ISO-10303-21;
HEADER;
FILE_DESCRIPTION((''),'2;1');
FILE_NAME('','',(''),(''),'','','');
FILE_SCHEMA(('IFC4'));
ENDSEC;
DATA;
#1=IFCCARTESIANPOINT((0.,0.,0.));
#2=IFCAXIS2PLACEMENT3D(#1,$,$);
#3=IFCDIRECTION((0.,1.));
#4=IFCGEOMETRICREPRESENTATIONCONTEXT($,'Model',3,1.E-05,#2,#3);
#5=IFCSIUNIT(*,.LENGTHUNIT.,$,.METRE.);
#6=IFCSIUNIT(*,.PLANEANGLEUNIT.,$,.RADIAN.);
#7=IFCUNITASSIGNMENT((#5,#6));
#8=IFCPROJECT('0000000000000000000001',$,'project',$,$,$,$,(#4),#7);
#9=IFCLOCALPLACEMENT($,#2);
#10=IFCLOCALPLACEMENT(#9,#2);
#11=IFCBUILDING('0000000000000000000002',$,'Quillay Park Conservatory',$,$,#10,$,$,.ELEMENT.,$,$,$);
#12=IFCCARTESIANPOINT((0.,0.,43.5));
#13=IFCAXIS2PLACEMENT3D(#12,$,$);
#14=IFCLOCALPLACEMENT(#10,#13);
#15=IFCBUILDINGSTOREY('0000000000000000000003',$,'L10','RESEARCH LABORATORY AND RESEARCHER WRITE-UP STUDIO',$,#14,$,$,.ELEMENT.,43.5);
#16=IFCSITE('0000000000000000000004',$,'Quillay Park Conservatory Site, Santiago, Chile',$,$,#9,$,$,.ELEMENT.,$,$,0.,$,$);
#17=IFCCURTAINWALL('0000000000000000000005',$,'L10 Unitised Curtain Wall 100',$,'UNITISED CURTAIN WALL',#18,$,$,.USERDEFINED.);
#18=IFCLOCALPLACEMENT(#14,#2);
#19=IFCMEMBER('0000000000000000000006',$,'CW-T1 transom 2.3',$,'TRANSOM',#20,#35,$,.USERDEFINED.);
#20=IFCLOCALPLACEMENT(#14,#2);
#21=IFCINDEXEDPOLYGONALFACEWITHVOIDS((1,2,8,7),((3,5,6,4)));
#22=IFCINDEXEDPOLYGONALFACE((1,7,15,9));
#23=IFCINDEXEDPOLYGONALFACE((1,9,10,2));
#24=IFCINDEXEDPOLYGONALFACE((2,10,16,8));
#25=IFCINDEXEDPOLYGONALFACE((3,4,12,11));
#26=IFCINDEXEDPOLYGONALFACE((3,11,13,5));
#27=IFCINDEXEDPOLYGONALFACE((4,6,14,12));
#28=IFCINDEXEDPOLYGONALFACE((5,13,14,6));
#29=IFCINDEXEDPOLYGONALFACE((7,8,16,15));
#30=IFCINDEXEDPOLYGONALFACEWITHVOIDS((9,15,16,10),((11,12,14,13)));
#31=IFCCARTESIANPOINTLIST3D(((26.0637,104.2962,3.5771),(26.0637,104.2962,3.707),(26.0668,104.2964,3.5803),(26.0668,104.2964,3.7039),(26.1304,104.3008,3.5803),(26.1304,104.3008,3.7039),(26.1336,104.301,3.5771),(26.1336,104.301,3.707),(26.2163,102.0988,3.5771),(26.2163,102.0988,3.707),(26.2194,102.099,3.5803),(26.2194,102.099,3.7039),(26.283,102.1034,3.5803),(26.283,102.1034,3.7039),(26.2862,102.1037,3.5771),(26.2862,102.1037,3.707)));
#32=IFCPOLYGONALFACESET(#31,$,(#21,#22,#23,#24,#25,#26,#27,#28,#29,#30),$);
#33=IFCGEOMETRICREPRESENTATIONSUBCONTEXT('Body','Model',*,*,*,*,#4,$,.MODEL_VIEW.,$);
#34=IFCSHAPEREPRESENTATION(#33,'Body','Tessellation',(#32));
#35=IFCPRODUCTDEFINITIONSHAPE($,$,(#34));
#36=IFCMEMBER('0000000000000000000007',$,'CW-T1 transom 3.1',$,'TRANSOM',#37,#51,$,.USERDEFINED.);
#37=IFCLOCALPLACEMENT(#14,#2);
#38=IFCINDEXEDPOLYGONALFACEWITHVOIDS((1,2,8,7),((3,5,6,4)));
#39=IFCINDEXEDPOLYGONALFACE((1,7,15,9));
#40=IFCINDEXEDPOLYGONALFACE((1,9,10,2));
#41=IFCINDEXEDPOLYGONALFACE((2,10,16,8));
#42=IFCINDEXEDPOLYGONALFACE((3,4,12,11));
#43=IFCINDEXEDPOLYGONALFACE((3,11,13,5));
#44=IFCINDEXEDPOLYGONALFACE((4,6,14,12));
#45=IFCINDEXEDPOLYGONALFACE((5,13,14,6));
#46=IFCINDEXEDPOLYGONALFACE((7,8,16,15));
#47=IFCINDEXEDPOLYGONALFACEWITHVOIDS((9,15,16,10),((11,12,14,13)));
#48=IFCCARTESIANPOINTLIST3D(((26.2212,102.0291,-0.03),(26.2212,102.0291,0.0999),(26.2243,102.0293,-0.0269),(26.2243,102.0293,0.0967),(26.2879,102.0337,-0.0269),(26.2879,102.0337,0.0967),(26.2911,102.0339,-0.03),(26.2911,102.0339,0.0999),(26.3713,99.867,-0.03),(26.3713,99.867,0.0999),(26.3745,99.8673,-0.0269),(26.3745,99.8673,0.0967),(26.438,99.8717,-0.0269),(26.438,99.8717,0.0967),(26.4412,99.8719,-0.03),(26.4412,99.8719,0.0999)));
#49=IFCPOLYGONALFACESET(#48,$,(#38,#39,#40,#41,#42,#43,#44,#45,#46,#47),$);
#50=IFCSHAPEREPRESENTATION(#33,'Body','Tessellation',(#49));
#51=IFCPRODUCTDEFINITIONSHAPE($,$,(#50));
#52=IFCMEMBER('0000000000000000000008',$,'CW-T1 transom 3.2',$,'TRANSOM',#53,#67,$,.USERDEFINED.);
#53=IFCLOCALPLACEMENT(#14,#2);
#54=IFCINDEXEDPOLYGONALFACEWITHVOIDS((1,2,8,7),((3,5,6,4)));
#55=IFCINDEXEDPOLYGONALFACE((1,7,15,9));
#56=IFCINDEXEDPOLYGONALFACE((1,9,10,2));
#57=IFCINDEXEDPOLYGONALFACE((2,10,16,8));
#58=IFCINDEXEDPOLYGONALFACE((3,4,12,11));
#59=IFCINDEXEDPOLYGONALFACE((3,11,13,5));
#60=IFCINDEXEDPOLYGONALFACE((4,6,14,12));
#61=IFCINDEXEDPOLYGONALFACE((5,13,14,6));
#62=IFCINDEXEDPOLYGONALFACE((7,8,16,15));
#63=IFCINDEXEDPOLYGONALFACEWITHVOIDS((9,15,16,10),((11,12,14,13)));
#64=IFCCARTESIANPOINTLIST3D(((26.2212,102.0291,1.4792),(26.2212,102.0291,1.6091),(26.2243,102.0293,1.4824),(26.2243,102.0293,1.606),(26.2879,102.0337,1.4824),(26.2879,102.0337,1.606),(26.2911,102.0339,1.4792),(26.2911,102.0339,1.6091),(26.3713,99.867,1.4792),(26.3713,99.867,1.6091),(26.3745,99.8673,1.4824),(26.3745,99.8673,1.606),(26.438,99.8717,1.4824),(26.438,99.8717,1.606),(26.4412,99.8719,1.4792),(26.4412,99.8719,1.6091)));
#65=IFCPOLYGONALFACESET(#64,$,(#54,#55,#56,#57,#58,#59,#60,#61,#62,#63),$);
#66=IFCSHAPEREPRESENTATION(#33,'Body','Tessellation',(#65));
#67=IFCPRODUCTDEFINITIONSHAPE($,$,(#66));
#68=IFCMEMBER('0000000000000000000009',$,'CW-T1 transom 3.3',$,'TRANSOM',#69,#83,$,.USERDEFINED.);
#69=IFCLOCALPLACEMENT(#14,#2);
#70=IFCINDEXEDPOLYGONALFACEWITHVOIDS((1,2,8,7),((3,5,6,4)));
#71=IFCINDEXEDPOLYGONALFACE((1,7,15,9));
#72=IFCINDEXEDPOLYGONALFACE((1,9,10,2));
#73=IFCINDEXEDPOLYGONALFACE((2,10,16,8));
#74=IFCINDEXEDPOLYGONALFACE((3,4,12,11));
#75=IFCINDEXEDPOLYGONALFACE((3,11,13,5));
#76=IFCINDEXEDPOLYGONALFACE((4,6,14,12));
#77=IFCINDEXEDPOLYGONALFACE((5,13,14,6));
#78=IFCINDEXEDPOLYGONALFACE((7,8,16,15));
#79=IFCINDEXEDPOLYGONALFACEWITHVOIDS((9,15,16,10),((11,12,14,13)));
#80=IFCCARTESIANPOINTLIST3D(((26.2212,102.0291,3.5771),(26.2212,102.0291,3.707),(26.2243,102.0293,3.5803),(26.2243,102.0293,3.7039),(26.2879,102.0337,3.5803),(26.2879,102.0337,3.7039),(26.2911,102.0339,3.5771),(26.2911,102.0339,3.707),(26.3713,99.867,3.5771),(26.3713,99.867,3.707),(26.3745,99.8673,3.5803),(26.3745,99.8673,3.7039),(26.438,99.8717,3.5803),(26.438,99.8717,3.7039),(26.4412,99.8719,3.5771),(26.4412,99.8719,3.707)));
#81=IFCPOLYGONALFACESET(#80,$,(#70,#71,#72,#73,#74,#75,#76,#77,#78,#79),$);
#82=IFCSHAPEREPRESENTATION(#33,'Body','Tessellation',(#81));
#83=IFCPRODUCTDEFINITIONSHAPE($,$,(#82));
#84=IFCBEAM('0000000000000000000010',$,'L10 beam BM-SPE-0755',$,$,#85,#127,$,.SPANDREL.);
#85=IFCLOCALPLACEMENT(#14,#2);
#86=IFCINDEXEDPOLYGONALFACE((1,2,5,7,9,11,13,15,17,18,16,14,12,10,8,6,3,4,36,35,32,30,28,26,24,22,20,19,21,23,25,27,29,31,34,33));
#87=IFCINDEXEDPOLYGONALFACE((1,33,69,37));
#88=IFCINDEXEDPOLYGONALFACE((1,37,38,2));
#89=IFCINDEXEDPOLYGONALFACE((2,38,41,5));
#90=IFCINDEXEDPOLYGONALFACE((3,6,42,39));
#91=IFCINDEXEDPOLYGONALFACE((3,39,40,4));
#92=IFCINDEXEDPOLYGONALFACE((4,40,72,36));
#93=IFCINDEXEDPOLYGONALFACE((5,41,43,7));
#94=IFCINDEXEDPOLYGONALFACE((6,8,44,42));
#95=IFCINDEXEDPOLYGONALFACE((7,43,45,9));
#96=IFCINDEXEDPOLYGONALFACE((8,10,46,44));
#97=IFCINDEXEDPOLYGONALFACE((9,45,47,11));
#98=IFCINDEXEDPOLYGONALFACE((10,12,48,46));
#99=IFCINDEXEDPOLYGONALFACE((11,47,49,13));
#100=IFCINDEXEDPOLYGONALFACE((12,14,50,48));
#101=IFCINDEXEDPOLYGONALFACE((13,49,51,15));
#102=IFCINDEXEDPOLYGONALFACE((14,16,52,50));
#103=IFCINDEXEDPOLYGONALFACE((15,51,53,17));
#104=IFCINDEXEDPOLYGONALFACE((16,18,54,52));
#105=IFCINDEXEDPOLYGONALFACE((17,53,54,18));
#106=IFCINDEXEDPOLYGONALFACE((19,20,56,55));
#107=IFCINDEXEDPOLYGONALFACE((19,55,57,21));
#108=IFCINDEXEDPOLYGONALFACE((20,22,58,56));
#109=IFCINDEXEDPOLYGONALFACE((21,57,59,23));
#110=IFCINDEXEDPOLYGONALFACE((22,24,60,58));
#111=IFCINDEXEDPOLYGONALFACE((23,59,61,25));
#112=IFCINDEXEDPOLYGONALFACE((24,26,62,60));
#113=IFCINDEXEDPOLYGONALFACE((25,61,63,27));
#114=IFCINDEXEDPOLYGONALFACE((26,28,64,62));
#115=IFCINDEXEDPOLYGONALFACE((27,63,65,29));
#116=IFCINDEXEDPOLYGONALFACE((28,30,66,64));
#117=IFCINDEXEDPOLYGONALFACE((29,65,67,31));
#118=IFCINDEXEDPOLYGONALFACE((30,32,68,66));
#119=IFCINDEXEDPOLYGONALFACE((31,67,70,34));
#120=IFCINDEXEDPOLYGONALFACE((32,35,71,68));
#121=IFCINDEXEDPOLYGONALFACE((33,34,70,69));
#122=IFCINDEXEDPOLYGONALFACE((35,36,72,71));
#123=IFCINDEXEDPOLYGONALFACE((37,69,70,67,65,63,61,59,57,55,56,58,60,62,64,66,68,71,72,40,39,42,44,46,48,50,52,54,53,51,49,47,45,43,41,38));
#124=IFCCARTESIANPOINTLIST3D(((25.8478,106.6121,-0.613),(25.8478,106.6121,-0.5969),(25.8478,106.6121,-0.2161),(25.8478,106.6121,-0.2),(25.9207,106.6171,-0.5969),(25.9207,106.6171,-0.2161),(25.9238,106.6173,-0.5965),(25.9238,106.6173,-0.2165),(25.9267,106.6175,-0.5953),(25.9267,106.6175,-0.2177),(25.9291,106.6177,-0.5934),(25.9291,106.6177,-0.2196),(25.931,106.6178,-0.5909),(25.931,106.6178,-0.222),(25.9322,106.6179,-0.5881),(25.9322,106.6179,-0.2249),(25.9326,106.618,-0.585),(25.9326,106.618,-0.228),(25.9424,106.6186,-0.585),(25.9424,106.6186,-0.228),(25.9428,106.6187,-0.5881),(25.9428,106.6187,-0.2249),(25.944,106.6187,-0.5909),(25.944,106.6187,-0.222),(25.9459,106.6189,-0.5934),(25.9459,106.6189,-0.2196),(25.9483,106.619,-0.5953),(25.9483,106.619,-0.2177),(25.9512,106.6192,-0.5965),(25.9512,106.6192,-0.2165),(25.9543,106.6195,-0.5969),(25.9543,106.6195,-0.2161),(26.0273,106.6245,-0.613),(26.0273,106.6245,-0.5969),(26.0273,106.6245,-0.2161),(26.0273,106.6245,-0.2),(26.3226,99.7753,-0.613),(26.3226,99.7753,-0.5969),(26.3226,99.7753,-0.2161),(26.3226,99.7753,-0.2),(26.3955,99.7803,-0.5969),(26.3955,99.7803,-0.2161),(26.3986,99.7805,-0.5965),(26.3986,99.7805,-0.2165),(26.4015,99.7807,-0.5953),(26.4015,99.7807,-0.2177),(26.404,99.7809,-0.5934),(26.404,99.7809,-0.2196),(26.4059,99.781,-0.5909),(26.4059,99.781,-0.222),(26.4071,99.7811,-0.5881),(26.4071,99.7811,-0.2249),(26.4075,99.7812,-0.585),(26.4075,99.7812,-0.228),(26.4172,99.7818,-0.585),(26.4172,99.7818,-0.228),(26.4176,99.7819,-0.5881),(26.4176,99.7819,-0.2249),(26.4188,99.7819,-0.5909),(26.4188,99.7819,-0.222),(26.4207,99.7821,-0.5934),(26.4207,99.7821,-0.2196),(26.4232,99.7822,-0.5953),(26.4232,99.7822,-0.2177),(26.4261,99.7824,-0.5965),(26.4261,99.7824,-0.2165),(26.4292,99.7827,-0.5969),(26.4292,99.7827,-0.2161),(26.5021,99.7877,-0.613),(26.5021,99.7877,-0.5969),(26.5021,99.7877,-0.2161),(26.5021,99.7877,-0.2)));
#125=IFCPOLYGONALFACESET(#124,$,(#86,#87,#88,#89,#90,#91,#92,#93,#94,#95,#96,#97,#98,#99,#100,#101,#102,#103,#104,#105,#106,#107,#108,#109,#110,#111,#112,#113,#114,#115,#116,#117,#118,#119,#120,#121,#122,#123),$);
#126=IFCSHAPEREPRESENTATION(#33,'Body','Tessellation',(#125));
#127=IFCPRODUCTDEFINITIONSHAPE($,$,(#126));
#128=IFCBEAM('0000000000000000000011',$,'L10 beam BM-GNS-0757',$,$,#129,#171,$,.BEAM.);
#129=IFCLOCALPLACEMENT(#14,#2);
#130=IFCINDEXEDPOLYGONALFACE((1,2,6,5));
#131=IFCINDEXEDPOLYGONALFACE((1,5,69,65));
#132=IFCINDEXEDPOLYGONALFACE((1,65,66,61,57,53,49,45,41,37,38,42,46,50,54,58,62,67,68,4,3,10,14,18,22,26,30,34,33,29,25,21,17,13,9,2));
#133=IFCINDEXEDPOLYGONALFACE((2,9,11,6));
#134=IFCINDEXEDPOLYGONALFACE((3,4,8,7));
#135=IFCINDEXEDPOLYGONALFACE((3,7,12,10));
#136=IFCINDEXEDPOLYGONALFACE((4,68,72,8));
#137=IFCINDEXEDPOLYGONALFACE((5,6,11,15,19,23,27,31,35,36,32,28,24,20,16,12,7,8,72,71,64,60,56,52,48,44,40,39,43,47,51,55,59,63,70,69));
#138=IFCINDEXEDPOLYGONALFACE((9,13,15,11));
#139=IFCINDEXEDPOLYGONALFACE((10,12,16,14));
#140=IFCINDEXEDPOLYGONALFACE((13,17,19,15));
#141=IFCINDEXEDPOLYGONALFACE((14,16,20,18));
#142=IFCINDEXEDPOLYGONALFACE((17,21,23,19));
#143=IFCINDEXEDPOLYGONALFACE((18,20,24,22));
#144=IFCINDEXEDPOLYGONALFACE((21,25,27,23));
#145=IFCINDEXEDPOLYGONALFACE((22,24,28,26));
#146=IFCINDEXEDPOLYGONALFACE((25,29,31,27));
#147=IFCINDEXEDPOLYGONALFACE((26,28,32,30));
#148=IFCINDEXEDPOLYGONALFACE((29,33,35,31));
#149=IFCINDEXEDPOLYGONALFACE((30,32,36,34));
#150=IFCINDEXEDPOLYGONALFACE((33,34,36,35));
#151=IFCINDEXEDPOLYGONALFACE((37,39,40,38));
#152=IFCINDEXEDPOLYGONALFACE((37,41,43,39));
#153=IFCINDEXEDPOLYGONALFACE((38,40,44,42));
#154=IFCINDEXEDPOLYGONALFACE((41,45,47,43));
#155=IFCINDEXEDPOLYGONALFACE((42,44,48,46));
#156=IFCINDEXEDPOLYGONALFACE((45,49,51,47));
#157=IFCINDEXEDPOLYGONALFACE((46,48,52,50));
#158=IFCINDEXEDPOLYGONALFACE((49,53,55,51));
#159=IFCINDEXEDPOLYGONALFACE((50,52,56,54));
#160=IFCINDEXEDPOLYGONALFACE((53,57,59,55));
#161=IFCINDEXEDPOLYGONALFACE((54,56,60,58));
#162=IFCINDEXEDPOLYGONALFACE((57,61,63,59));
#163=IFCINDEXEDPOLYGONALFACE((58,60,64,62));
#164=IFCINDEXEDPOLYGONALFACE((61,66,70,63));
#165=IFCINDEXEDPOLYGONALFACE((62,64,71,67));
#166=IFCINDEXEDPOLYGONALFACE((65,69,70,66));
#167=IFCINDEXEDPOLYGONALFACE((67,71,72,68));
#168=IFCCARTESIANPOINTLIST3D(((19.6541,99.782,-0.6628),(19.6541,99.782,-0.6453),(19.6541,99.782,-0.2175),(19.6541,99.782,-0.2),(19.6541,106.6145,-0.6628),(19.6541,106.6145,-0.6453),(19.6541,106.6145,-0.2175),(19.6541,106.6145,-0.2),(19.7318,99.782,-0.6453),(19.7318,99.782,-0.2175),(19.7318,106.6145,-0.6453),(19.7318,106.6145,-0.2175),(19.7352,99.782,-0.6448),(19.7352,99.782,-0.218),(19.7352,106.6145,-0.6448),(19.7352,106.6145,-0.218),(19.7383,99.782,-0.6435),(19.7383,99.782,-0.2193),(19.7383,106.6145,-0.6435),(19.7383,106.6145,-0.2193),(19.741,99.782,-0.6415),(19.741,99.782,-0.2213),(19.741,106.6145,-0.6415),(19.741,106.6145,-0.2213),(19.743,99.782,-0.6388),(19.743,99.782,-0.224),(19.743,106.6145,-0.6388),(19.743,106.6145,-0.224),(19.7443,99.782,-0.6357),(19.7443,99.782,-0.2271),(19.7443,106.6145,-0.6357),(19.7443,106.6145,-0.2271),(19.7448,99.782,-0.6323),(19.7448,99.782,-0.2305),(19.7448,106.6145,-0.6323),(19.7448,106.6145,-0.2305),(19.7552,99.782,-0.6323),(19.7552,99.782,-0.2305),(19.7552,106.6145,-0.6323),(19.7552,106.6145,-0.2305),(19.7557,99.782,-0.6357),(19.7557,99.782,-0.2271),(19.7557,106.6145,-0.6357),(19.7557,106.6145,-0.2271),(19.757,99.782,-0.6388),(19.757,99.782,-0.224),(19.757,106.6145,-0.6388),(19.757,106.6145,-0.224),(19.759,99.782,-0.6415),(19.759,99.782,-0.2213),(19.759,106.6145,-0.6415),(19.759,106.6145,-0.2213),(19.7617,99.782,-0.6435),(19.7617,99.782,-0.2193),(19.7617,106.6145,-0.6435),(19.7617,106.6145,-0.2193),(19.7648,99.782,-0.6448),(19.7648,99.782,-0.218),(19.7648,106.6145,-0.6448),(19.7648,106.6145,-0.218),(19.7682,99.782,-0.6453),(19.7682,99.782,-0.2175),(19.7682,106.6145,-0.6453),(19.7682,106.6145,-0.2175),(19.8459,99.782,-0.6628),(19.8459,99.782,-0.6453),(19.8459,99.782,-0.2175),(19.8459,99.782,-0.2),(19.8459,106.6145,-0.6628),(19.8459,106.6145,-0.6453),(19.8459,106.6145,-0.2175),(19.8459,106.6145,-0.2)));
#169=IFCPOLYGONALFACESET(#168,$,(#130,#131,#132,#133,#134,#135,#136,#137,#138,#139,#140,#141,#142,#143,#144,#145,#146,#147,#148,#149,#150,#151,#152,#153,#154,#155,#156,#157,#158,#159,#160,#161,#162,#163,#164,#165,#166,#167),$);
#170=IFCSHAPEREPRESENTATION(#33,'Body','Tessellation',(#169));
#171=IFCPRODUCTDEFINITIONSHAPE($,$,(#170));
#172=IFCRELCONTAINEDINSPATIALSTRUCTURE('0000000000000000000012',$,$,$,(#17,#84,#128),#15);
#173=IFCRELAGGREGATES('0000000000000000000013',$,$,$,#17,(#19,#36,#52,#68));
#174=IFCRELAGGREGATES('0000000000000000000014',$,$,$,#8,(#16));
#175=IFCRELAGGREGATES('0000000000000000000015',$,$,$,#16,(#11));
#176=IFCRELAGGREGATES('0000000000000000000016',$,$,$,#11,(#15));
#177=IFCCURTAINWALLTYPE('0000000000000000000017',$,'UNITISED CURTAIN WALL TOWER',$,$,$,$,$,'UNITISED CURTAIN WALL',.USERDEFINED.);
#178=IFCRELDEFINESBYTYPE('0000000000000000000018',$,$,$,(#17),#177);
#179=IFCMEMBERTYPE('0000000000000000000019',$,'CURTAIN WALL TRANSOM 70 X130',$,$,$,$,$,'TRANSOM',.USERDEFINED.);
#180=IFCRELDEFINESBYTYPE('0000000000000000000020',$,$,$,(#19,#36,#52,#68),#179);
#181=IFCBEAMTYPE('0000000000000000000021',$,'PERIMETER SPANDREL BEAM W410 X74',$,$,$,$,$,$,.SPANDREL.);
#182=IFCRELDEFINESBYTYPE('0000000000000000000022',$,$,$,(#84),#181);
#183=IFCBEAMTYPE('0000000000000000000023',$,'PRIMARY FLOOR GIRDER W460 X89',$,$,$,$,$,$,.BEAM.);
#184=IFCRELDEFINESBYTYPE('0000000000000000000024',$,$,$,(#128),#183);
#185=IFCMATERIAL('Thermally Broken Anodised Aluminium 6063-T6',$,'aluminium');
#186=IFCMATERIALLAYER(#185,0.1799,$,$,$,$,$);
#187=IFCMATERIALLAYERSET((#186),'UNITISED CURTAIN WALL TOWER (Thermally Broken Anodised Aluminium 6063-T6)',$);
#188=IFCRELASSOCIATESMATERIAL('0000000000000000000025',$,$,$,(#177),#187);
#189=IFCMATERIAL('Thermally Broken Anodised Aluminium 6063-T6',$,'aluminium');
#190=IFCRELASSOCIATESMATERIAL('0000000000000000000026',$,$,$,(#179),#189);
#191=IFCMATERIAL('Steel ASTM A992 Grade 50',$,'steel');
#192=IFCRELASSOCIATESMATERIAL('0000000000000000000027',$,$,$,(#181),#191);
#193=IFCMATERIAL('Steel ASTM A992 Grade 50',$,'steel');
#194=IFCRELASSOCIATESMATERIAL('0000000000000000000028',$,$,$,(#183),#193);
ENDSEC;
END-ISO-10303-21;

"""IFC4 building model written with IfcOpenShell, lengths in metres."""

from ifc_helpers import new_model, si_unit, direction, frame, origin, origin_2d, place, context, subcontext, project, spatial, hollow_rectangle, i_section, extrude, material, layer, layer_set, material_profile, profile_set, type_object, element, aggregate, save


model = new_model("IFC4")

# Units and contexts
model_context = context("Model", 3, precision=1e-05, world=origin(), true_north=direction((0.0, 1.0)))
body_context = subcontext(model_context, "Body", "Model", "MODEL_VIEW")
ifc_project = project(units=[si_unit("LENGTHUNIT", "METRE"), si_unit("PLANEANGLEUNIT", "RADIAN")], contexts=[model_context])

# Site, building, storey
site_placement = place(None, origin())
site = spatial("IfcSite", under=ifc_project, at=site_placement, Name="Quillay Park Conservatory Site, Santiago, Chile", CompositionType="ELEMENT", RefElevation=0.0)
building_placement = place(site_placement, origin())
building = spatial("IfcBuilding", under=site, at=building_placement, Name="Quillay Park Conservatory", CompositionType="ELEMENT")
storey_placement = place(building_placement, frame((0.0, 0.0, 43.5)))
storey = spatial("IfcBuildingStorey", under=building, at=storey_placement, Name="L10", Description="RESEARCH LABORATORY AND RESEARCHER WRITE-UP STUDIO", CompositionType="ELEMENT", Elevation=43.5)

# Curtain wall, members
ifc_material_1 = material(Name="Thermally Broken Anodised Aluminium 6063-T6", Category="aluminium")
ifc_layer_1 = layer(ifc_material_1, 0.1799)
ifc_layer_set_1 = layer_set([ifc_layer_1], Name="UNITISED CURTAIN WALL TOWER (Thermally Broken Anodised Aluminium 6063-T6)")
curtain_wall_type = type_object("IfcCurtainWallType", Name="UNITISED CURTAIN WALL TOWER", ElementType="UNITISED CURTAIN WALL", PredefinedType="USERDEFINED", material=ifc_layer_set_1)
curtain_wall_placement = place(storey_placement, origin())
curtain_wall = element("IfcCurtainWall", 1, at=curtain_wall_placement, inside=storey, type_object=curtain_wall_type, Name="L10 Unitised Curtain Wall 100", ObjectType="UNITISED CURTAIN WALL", PredefinedType="USERDEFINED")
ifc_material_2 = material(Name="Thermally Broken Anodised Aluminium 6063-T6", Category="aluminium")
ifc_material_profile_1 = material_profile(ifc_material_2, hollow_rectangle(XDim=0.0701, YDim=0.1299, WallThickness=0.0032, at=origin_2d()), Name="AL70x130x3.2")
ifc_profile_set_1 = profile_set([ifc_material_profile_1], Name="Thermally Broken Anodised Aluminium 6063-T6")
member_type_1 = type_object("IfcMemberType", Name="CURTAIN WALL TRANSOM 70 X130", ElementType="TRANSOM", PredefinedType="USERDEFINED", material=ifc_profile_set_1)
member_1_placement = place(storey_placement, frame((26.0986, 104.2986, 3.6421), z_axis=(0.069278, -0.997597, 0.0), x_axis=(0.997597, 0.069278, 0.0)))
member_1 = element("IfcMember", 2, at=member_1_placement, type_object=member_type_1, Name="CW-T1 transom 2.3", ObjectType="TRANSOM", PredefinedType="USERDEFINED", context=body_context, shape_type="SweptSolid", body=[
    extrude(hollow_rectangle(XDim=0.0701, YDim=0.1299, WallThickness=0.0032, at=origin_2d()), origin(), (0.0, 0.0, 1.0), 2.2026),
])
member_2_placement = place(storey_placement, frame((26.2561, 102.0315, 0.0349), z_axis=(0.069278, -0.997597, 0.0), x_axis=(0.997597, 0.069278, 0.0)))
member_2 = element("IfcMember", 3, at=member_2_placement, type_object=member_type_1, Name="CW-T1 transom 3.1", ObjectType="TRANSOM", PredefinedType="USERDEFINED", context=body_context, shape_type="SweptSolid", body=[
    extrude(hollow_rectangle(XDim=0.0701, YDim=0.1299, WallThickness=0.0032, at=origin_2d()), origin(), (0.0, 0.0, 1.0), 2.1672),
])
member_3_placement = place(storey_placement, frame((26.2561, 102.0315, 1.5442), z_axis=(0.069278, -0.997597, 0.0), x_axis=(0.997597, 0.069278, 0.0)))
member_3 = element("IfcMember", 4, at=member_3_placement, type_object=member_type_1, Name="CW-T1 transom 3.2", ObjectType="TRANSOM", PredefinedType="USERDEFINED", context=body_context, shape_type="SweptSolid", body=[
    extrude(hollow_rectangle(XDim=0.0701, YDim=0.1299, WallThickness=0.0032, at=origin_2d()), origin(), (0.0, 0.0, 1.0), 2.1672),
])
member_4_placement = place(storey_placement, frame((26.2561, 102.0315, 3.6421), z_axis=(0.069278, -0.997597, 0.0), x_axis=(0.997597, 0.069278, 0.0)))
member_4 = element("IfcMember", 5, at=member_4_placement, type_object=member_type_1, Name="CW-T1 transom 3.3", ObjectType="TRANSOM", PredefinedType="USERDEFINED", context=body_context, shape_type="SweptSolid", body=[
    extrude(hollow_rectangle(XDim=0.0701, YDim=0.1299, WallThickness=0.0032, at=origin_2d()), origin(), (0.0, 0.0, 1.0), 2.1672),
])

# Beams
ifc_material_3 = material(Name="Steel ASTM A992 Grade 50", Category="steel")
ifc_material_profile_2 = material_profile(ifc_material_3, i_section(OverallWidth=0.1799, OverallDepth=0.4131, WebThickness=0.0098, FlangeThickness=0.0161, FilletRadius=0.012, at=origin_2d()), Name="W410x74")
ifc_profile_set_2 = profile_set([ifc_material_profile_2], Name="Steel ASTM A992 Grade 50")
beam_type_1 = type_object("IfcBeamType", Name="PERIMETER SPANDREL BEAM W410 X74", PredefinedType="SPANDREL", material=ifc_profile_set_2)
beam_1_placement = place(storey_placement, frame((26.4124, 99.7815, -0.4065), z_axis=(-0.069287, 0.997597, 0.0), x_axis=(-0.997597, -0.069287, 0.0)))
element("IfcBeam", 6, at=beam_1_placement, inside=storey, type_object=beam_type_1, Name="L10 beam BM-SPE-0755", PredefinedType="SPANDREL", context=body_context, shape_type="SweptSolid", body=[
    extrude(i_section(OverallWidth=0.1799, OverallDepth=0.4131, WebThickness=0.0098, FlangeThickness=0.0161, FilletRadius=0.012, at=origin_2d()), origin(), (0.0, 0.0, 1.0), 6.8533),
])
ifc_material_4 = material(Name="Steel ASTM A992 Grade 50", Category="steel")
ifc_material_profile_3 = material_profile(ifc_material_4, i_section(OverallWidth=0.1919, OverallDepth=0.4629, WebThickness=0.0105, FlangeThickness=0.0176, FilletRadius=0.0129, at=origin_2d()), Name="W460x89")
ifc_profile_set_3 = profile_set([ifc_material_profile_3], Name="Steel ASTM A992 Grade 50")
beam_type_2 = type_object("IfcBeamType", Name="PRIMARY FLOOR GIRDER W460 X89", PredefinedType="BEAM", material=ifc_profile_set_3)
beam_2_placement = place(storey_placement, frame((19.75, 99.782, -0.4314), z_axis=(0.0, 1.0, 0.0), x_axis=(-1.0, 0.0, 0.0)))
element("IfcBeam", 7, at=beam_2_placement, inside=storey, type_object=beam_type_2, Name="L10 beam BM-GNS-0757", PredefinedType="BEAM", context=body_context, shape_type="SweptSolid", body=[
    extrude(i_section(OverallWidth=0.1919, OverallDepth=0.4629, WebThickness=0.0105, FlangeThickness=0.0176, FilletRadius=0.0129, at=origin_2d()), origin(), (0.0, 0.0, 1.0), 6.8325),
])

aggregate(curtain_wall, [member_1, member_2, member_3, member_4])

save(model, "model.ifc")
